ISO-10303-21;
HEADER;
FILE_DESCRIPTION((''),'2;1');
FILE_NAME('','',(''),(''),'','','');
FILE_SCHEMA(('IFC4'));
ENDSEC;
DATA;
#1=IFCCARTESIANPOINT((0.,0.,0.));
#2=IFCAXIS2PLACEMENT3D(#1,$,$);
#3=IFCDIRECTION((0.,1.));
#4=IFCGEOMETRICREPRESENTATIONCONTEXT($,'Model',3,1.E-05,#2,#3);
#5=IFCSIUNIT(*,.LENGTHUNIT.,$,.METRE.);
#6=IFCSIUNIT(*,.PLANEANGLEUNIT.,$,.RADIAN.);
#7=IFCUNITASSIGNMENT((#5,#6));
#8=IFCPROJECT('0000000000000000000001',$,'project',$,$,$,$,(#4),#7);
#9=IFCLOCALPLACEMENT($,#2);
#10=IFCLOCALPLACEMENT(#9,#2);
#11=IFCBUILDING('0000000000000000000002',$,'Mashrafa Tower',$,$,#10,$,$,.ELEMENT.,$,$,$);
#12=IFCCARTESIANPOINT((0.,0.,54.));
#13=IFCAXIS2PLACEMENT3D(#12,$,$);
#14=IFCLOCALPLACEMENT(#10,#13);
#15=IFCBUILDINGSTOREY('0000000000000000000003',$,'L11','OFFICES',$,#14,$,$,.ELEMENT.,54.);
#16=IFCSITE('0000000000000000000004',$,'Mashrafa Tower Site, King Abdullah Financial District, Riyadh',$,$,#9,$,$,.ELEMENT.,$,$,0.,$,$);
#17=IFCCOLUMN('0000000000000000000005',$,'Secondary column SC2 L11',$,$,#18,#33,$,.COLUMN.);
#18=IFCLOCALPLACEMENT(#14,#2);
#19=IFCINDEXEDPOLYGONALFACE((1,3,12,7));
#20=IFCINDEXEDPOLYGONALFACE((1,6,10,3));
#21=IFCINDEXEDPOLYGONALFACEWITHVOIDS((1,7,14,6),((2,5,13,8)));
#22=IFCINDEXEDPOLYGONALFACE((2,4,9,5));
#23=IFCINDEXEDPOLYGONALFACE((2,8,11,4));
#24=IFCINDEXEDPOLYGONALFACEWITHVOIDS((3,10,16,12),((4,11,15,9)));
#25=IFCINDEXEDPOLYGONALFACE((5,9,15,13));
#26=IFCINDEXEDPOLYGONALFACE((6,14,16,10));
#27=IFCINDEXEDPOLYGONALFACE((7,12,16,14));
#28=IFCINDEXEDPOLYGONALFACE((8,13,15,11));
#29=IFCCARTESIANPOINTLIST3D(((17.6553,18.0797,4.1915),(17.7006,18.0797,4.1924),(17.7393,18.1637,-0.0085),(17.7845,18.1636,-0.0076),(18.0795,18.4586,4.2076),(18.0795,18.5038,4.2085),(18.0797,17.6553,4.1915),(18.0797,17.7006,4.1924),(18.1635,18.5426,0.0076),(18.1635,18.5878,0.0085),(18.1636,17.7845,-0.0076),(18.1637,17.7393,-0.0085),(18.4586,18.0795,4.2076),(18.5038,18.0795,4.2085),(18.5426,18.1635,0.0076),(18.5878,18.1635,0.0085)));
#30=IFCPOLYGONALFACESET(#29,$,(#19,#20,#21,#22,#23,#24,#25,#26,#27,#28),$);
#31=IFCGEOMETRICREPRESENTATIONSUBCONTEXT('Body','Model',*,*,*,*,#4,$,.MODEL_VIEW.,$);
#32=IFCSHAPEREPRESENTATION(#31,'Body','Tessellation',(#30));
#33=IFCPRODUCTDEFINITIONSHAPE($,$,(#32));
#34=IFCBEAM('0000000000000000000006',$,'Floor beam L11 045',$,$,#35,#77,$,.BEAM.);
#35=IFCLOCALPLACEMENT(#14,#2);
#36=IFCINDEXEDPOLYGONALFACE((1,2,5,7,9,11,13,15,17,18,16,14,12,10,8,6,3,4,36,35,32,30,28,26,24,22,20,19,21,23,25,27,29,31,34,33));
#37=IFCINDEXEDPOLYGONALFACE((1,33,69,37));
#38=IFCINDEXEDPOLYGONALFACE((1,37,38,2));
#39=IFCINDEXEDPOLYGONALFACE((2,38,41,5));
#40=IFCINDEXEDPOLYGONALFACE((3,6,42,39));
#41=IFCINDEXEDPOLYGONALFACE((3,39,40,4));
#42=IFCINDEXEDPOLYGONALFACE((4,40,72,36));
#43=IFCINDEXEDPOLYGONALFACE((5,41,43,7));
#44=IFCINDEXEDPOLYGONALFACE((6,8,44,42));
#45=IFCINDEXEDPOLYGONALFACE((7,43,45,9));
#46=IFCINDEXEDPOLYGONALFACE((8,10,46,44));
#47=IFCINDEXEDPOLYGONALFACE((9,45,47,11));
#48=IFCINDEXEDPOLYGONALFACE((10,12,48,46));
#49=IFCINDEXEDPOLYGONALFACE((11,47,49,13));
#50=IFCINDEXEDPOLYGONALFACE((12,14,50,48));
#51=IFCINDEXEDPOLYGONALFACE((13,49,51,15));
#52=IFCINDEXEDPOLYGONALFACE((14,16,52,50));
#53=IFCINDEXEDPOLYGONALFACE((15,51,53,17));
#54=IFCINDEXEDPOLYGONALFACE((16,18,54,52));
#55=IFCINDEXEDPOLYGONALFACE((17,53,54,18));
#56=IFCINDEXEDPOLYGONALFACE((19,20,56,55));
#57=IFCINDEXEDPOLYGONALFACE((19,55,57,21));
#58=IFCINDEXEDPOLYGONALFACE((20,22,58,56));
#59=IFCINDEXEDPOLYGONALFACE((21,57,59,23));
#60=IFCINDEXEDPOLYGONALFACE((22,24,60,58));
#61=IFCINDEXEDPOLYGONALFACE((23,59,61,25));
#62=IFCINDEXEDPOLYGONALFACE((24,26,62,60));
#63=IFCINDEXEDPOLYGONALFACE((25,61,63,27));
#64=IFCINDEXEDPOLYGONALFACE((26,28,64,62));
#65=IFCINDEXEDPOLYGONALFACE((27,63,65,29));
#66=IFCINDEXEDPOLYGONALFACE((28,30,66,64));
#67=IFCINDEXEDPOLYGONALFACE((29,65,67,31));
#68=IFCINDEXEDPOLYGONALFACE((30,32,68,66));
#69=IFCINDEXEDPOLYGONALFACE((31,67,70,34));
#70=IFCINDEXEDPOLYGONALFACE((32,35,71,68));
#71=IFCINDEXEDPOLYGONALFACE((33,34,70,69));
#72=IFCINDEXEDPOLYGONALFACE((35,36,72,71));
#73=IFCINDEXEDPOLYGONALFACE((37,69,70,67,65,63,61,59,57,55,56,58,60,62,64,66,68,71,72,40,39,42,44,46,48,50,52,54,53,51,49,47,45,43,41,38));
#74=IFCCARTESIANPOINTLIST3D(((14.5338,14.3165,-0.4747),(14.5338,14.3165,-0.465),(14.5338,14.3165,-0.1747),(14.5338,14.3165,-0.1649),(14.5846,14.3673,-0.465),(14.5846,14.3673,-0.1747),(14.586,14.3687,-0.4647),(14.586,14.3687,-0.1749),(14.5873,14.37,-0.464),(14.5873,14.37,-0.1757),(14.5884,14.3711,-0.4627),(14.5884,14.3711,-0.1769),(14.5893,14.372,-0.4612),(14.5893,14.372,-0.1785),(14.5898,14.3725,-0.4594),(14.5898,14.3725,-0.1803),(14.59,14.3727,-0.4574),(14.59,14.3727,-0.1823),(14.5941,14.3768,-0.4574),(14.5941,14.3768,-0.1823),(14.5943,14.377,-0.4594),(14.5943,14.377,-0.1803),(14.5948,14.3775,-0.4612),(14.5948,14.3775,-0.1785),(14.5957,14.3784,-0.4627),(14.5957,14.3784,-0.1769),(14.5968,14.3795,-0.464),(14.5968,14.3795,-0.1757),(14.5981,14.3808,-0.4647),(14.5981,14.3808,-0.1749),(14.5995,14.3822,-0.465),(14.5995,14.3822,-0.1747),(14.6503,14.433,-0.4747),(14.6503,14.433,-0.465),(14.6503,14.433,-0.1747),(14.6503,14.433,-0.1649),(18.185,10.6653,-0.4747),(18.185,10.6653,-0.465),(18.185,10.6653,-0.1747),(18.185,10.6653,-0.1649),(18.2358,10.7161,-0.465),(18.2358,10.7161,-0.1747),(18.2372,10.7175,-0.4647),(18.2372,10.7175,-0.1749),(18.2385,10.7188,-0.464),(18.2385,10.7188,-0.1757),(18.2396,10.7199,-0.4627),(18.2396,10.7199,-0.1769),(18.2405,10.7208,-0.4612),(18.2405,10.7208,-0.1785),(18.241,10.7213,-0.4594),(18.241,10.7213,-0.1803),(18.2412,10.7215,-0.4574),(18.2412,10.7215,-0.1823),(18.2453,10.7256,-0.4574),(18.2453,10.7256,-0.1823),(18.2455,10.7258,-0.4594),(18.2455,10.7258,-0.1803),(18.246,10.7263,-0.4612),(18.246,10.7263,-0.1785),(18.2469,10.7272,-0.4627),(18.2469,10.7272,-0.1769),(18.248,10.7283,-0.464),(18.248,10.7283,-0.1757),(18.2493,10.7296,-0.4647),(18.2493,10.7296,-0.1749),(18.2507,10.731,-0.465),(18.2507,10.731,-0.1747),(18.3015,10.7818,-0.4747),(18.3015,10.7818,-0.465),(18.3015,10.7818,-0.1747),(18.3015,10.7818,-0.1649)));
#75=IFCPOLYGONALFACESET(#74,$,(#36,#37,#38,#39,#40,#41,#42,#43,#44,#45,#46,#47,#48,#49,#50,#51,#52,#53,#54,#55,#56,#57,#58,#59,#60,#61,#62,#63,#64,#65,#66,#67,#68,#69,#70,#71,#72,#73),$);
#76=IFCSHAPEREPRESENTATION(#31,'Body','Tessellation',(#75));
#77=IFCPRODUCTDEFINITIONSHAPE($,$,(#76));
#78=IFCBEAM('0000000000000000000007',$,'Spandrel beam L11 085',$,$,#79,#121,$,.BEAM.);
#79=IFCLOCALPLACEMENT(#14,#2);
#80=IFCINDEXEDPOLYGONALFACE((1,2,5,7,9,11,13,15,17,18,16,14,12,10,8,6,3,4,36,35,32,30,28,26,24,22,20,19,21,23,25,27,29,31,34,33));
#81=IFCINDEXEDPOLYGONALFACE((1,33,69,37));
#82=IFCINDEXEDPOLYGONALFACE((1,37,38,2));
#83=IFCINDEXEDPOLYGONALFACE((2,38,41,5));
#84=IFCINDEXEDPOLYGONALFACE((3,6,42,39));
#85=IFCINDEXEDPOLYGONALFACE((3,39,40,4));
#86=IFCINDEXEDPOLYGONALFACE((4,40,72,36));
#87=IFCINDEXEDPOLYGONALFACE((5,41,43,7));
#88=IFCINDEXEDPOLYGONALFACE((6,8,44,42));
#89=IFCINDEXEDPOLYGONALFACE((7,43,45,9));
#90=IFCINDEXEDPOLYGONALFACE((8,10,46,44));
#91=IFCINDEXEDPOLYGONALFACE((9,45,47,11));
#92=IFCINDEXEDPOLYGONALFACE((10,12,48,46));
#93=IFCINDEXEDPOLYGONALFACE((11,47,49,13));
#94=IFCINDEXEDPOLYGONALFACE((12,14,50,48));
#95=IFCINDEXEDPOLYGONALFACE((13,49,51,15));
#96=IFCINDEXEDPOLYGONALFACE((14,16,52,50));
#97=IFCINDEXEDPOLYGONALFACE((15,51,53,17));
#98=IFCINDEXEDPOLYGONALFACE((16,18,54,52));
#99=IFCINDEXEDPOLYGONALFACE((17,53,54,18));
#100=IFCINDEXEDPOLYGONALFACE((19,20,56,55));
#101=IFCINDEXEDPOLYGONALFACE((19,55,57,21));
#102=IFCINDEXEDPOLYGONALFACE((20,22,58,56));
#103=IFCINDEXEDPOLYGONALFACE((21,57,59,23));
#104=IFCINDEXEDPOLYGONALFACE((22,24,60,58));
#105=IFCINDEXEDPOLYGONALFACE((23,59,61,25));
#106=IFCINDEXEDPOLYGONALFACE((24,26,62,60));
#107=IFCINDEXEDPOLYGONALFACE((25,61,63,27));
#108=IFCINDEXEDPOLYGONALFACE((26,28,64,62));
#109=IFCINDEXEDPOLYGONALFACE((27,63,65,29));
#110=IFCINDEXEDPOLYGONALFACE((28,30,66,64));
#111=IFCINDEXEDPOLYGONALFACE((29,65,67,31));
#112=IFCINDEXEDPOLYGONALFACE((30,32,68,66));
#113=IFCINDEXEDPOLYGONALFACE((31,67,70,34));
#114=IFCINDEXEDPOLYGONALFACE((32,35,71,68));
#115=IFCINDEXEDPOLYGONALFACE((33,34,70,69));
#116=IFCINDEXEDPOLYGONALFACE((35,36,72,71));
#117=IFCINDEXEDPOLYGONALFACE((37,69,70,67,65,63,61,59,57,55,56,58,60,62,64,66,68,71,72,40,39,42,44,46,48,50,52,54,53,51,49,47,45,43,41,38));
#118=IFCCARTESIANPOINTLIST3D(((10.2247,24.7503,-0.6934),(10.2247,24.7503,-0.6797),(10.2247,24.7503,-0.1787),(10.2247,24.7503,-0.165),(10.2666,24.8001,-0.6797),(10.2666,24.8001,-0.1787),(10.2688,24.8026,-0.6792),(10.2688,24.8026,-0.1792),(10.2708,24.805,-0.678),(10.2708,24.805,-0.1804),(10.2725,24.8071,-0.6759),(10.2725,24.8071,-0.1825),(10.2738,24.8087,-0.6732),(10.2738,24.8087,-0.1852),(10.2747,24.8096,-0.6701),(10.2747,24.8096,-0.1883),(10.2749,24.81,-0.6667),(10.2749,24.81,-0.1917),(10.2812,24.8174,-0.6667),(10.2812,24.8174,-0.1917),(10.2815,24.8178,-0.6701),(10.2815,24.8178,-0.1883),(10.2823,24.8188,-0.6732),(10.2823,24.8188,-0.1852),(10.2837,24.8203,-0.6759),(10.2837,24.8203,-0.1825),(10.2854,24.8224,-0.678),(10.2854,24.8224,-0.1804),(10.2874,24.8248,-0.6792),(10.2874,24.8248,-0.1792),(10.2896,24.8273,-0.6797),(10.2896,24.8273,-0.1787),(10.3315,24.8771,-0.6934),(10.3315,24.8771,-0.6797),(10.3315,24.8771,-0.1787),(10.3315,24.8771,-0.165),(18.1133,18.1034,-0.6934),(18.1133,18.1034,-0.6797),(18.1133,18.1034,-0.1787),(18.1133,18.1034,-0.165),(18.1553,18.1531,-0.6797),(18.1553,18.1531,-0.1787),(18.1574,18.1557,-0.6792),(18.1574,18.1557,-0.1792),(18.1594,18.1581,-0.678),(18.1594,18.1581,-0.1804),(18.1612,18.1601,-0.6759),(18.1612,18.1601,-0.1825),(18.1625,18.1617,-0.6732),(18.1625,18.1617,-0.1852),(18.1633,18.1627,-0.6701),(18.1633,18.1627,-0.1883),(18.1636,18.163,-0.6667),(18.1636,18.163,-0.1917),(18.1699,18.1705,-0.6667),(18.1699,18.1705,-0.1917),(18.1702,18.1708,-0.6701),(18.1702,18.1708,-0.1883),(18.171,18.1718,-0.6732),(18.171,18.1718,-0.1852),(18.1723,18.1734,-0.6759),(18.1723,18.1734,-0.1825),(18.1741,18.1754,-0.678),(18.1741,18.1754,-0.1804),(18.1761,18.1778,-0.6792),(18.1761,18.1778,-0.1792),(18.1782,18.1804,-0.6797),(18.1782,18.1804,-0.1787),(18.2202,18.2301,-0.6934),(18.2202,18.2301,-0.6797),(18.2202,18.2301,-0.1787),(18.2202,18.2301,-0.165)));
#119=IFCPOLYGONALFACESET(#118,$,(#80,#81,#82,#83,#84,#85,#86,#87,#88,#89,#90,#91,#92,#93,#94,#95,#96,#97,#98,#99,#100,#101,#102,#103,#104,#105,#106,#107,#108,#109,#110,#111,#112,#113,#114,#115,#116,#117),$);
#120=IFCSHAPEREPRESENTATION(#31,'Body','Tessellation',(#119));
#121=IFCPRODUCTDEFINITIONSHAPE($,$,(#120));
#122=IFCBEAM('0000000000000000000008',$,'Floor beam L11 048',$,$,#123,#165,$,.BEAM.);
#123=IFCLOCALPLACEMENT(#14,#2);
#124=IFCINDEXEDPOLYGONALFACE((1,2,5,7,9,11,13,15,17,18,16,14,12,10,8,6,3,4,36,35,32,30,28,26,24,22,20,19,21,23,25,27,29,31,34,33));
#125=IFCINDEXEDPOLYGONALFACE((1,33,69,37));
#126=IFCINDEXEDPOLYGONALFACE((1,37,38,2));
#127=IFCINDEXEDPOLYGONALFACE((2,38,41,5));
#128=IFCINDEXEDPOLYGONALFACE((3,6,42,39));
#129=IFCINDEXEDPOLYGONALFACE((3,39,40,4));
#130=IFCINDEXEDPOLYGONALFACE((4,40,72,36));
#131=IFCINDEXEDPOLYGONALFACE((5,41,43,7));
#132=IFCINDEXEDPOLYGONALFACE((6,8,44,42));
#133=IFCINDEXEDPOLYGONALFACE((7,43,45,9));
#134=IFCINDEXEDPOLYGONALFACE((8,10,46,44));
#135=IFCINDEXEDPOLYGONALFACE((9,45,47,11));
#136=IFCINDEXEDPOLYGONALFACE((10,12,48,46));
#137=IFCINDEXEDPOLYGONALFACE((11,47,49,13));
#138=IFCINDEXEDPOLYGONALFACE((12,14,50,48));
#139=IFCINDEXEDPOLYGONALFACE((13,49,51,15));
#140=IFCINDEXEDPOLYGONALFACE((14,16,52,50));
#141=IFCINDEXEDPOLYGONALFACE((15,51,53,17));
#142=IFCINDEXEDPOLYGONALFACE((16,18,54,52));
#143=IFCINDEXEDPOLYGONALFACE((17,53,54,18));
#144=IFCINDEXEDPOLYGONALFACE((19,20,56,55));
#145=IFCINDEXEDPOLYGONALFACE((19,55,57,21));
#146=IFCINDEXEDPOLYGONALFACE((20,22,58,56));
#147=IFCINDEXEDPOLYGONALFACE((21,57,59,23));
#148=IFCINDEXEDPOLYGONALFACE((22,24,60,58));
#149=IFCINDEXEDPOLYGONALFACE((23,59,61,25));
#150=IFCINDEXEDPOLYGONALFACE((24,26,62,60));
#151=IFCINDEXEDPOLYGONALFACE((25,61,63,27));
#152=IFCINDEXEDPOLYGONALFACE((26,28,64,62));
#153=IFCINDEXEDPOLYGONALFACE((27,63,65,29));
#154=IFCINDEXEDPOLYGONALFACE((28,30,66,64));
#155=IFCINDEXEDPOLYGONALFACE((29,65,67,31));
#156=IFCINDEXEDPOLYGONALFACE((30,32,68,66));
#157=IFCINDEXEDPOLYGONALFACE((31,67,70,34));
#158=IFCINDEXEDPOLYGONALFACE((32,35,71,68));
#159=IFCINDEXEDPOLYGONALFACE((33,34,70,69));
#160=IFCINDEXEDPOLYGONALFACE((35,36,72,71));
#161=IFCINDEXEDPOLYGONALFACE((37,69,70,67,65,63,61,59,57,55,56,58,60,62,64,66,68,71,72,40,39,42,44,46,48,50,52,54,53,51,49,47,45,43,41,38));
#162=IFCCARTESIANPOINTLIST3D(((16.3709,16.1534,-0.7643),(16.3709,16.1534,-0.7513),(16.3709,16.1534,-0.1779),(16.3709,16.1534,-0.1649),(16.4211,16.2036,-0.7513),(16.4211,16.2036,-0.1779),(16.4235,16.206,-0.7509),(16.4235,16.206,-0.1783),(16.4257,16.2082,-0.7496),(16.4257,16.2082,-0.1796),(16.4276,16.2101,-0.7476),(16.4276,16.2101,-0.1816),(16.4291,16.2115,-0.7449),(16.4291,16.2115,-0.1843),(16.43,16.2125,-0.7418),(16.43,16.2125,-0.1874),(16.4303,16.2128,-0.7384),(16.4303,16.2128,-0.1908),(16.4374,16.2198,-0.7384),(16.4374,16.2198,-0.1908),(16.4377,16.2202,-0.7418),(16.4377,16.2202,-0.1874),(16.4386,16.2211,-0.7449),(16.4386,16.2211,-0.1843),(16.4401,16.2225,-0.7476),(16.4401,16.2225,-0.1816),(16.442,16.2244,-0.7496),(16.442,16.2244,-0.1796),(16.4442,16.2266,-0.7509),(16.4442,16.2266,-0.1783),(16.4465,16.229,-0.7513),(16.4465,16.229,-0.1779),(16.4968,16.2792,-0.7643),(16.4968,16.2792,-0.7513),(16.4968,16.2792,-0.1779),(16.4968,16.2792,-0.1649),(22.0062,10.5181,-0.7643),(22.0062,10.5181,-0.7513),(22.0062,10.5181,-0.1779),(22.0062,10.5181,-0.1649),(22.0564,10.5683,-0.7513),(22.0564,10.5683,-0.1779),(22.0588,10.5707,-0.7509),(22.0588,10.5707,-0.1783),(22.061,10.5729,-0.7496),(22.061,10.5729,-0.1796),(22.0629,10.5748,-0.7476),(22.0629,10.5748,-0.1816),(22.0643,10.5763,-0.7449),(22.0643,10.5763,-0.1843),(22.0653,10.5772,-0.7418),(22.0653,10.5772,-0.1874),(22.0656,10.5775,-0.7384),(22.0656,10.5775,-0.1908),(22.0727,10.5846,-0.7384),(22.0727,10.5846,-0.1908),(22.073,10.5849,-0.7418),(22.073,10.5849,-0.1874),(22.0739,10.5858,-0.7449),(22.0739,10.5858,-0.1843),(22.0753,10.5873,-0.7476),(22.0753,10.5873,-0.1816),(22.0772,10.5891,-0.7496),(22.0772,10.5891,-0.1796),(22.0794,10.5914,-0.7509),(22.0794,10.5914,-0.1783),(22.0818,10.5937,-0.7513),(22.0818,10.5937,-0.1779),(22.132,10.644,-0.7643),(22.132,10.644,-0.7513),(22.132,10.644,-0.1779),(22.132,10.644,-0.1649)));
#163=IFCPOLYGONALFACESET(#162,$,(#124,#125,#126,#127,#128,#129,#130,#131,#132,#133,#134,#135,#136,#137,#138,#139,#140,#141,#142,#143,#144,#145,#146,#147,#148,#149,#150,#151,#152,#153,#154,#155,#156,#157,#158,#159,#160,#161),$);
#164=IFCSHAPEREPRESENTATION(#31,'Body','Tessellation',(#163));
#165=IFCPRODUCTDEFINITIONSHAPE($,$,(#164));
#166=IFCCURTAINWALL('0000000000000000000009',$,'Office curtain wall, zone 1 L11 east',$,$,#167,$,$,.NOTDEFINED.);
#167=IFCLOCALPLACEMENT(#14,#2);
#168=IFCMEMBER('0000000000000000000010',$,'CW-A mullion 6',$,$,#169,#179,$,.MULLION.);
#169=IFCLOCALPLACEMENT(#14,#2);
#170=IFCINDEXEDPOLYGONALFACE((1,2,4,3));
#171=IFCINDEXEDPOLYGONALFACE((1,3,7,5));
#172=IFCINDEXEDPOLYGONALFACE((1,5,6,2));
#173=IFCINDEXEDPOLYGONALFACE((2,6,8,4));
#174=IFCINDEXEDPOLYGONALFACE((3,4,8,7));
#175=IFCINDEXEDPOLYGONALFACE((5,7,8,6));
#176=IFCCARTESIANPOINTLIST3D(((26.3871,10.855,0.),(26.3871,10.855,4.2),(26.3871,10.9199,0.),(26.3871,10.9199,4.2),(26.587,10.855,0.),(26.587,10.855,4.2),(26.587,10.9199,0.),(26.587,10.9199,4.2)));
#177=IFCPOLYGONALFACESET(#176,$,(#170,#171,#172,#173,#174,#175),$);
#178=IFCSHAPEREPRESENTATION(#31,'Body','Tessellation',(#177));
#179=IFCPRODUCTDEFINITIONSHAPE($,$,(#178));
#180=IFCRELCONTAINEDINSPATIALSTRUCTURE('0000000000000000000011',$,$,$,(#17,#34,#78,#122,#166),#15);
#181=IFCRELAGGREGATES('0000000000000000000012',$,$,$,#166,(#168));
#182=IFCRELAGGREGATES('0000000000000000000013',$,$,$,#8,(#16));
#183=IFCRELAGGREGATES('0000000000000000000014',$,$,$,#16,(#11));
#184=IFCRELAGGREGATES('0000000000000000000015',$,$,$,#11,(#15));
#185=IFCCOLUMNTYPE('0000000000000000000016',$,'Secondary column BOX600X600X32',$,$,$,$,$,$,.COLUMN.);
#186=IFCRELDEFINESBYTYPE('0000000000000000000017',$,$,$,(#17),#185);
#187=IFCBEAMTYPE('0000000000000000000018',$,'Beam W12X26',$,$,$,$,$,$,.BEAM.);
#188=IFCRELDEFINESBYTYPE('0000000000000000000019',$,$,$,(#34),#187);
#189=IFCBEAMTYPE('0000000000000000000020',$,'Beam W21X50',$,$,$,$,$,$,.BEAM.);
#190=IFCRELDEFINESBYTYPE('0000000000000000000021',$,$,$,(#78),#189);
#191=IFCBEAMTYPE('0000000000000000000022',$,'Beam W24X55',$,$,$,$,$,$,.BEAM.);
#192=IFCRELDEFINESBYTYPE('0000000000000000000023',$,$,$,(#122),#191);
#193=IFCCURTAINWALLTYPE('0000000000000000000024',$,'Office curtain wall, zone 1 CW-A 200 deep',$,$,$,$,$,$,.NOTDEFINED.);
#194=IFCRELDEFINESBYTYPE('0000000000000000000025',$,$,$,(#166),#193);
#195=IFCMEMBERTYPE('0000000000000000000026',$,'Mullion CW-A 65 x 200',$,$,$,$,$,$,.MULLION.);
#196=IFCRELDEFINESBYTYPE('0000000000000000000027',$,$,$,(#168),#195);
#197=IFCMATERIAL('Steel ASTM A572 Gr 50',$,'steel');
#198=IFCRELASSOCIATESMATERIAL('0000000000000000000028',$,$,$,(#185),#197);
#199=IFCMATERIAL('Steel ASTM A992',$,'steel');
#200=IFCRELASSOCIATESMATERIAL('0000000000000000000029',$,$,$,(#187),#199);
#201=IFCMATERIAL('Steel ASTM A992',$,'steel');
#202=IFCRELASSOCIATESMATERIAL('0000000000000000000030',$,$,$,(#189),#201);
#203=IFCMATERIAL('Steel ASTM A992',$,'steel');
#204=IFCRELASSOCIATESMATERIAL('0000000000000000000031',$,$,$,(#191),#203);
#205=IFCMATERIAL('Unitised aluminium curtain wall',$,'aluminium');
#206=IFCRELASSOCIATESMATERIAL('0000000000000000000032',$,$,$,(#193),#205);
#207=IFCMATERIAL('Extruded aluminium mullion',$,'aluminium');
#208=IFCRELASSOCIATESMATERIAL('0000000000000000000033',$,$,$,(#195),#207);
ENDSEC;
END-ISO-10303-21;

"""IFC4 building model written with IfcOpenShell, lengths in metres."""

from ifc_helpers import new_model, si_unit, direction, frame, origin, origin_2d, place, context, subcontext, project, spatial, rectangle, hollow_rectangle, i_section, extrude, source, transform, mapped, material, material_profile, profile_set, type_object, type_shapes, element, aggregate, save


model = new_model("IFC4")

# Units and contexts
model_context = context("Model", 3, precision=1e-05, world=origin(), true_north=direction((0.0, 1.0)))
body_context = subcontext(model_context, "Body", "Model", "MODEL_VIEW")
ifc_project = project(units=[si_unit("LENGTHUNIT", "METRE"), si_unit("PLANEANGLEUNIT", "RADIAN")], contexts=[model_context])

# Site, building, storey
site_placement = place(None, origin())
site = spatial("IfcSite", under=ifc_project, at=site_placement, Name="Mashrafa Tower Site, King Abdullah Financial District, Riyadh", CompositionType="ELEMENT", RefElevation=0.0)
building_placement = place(site_placement, origin())
building = spatial("IfcBuilding", under=site, at=building_placement, Name="Mashrafa Tower", CompositionType="ELEMENT")
storey_placement = place(building_placement, frame((0.0, 0.0, 54.0)))
storey = spatial("IfcBuildingStorey", under=building, at=storey_placement, Name="L11", Description="OFFICES", CompositionType="ELEMENT", Elevation=54.0)

# Column
ifc_material_1 = material(Name="Steel ASTM A572 Gr 50", Category="steel")
ifc_material_profile_1 = material_profile(ifc_material_1, hollow_rectangle(XDim=0.6001, YDim=0.6001, WallThickness=0.032, at=origin_2d()), Name="BOX600X600X32")
ifc_profile_set_1 = profile_set([ifc_material_profile_1], Name="Steel ASTM A572 Gr 50")
column_type = type_object("IfcColumnType", Name="Secondary column BOX600X600X32", PredefinedType="COLUMN", material=ifc_profile_set_1)
column_placement = place(storey_placement, frame((18.1636, 18.1636, 0.0), z_axis=(-0.019989, -0.019989, 0.9996), x_axis=(0.707107, -0.707107, 0.0)))
element("IfcColumn", 1, at=column_placement, inside=storey, type_object=column_type, Name="Secondary column SC2 L11", PredefinedType="COLUMN", context=body_context, shape_type="SweptSolid", body=[
    extrude(hollow_rectangle(XDim=0.6001, YDim=0.6001, WallThickness=0.032, at=origin_2d()), origin(), (0.0, 0.0, 1.0), 4.2017),
])

# Beams
ifc_material_2 = material(Name="Steel ASTM A992", Category="steel")
ifc_material_profile_2 = material_profile(ifc_material_2, i_section(OverallWidth=0.1648, OverallDepth=0.3098, WebThickness=0.0059, FlangeThickness=0.0098, FilletRadius=0.0076, at=origin_2d()), Name="W12X26")
ifc_profile_set_2 = profile_set([ifc_material_profile_2], Name="Steel ASTM A992")
beam_type_1 = type_object("IfcBeamType", Name="Beam W12X26", PredefinedType="BEAM", material=ifc_profile_set_2)
beam_1_placement = place(storey_placement, frame((14.592, 14.3748, -0.3198), z_axis=(0.707107, -0.707107, 0.0), x_axis=(0.707107, 0.707107, 0.0)))
element("IfcBeam", 2, at=beam_1_placement, inside=storey, type_object=beam_type_1, Name="Floor beam L11 045", PredefinedType="BEAM", context=body_context, shape_type="SweptSolid", body=[
    extrude(i_section(OverallWidth=0.1648, OverallDepth=0.3098, WebThickness=0.0059, FlangeThickness=0.0098, FilletRadius=0.0076, at=origin_2d()), origin(), (0.0, 0.0, 1.0), 5.1636),
])
ifc_material_3 = material(Name="Steel ASTM A992", Category="steel")
ifc_material_profile_3 = material_profile(ifc_material_3, i_section(OverallWidth=0.1658, OverallDepth=0.5283, WebThickness=0.0098, FlangeThickness=0.0137, FilletRadius=0.0129, at=origin_2d()), Name="W21X50")
ifc_profile_set_3 = profile_set([ifc_material_profile_3], Name="Steel ASTM A992")
beam_type_2 = type_object("IfcBeamType", Name="Beam W21X50", PredefinedType="BEAM", material=ifc_profile_set_3)
beam_2_placement = place(storey_placement, frame((18.1667, 18.1667, -0.4292), z_axis=(-0.764726, 0.644356, 0.0), x_axis=(-0.644356, -0.764726, 0.0)))
element("IfcBeam", 3, at=beam_2_placement, inside=storey, type_object=beam_type_2, Name="Spandrel beam L11 085", PredefinedType="BEAM", context=body_context, shape_type="SweptSolid", body=[
    extrude(i_section(OverallWidth=0.1658, OverallDepth=0.5283, WebThickness=0.0098, FlangeThickness=0.0137, FilletRadius=0.0129, at=origin_2d()), origin(), (0.0, 0.0, 1.0), 10.3157),
])
ifc_material_4 = material(Name="Steel ASTM A992", Category="steel")
ifc_material_profile_4 = material_profile(ifc_material_4, i_section(OverallWidth=0.178, OverallDepth=0.5994, WebThickness=0.01, FlangeThickness=0.0129, FilletRadius=0.0129, at=origin_2d()), Name="W24X55")
ifc_profile_set_4 = profile_set([ifc_material_profile_4], Name="Steel ASTM A992")
beam_type_3 = type_object("IfcBeamType", Name="Beam W24X55", PredefinedType="BEAM", material=ifc_profile_set_4)
beam_3_placement = place(storey_placement, frame((16.4338, 16.2163, -0.4646), z_axis=(0.707107, -0.707107, 0.0), x_axis=(0.707107, 0.707107, 0.0)))
element("IfcBeam", 4, at=beam_3_placement, inside=storey, type_object=beam_type_3, Name="Floor beam L11 048", PredefinedType="BEAM", context=body_context, shape_type="SweptSolid", body=[
    extrude(i_section(OverallWidth=0.178, OverallDepth=0.5994, WebThickness=0.01, FlangeThickness=0.0129, FilletRadius=0.0129, at=origin_2d()), origin(), (0.0, 0.0, 1.0), 7.9695),
])

# Curtain wall, member
ifc_material_5 = material(Name="Unitised aluminium curtain wall", Category="aluminium")
curtain_wall_type = type_object("IfcCurtainWallType", Name="Office curtain wall, zone 1 CW-A 200 deep", PredefinedType="NOTDEFINED", material=ifc_material_5)
curtain_wall_1_placement = place(storey_placement, origin())
curtain_wall_1 = element("IfcCurtainWall", 5, at=curtain_wall_1_placement, inside=storey, type_object=curtain_wall_type, Name="Office curtain wall, zone 1 L11 east", PredefinedType="NOTDEFINED")
ifc_material_6 = material(Name="Extruded aluminium mullion", Category="aluminium")
ifc_material_profile_5 = material_profile(ifc_material_6, rectangle(XDim=0.2, YDim=0.0649, at=origin_2d()), Name="Mullion 65x200")
ifc_profile_set_5 = profile_set([ifc_material_profile_5], Name="Extruded aluminium mullion")
member_type_1 = type_object("IfcMemberType", Name="Mullion CW-A 65 x 200", PredefinedType="MULLION", material=ifc_profile_set_5)
shared_shape_1 = source(origin(), body_context, "Body", "SweptSolid", [
    extrude(rectangle(XDim=0.2, YDim=0.0649, at=origin_2d()), origin(), (0.0, 0.0, 1.0), 4.2),
])
type_shapes(member_type_1, [shared_shape_1])
member_1_placement = place(storey_placement, frame((26.4871, 10.8875, 0.0), z_axis=(0.0, 0.0, 1.0), x_axis=(-1.0, 0.0, 0.0)))
member_1 = element("IfcMember", 6, at=member_1_placement, type_object=member_type_1, Name="CW-A mullion 6", PredefinedType="MULLION", context=body_context, shape_type="MappedRepresentation", body=[
    mapped(shared_shape_1, transform((0.0, 0.0, 0.0))),
])
aggregate(curtain_wall_1, [member_1])

save(model, "model.ifc")
